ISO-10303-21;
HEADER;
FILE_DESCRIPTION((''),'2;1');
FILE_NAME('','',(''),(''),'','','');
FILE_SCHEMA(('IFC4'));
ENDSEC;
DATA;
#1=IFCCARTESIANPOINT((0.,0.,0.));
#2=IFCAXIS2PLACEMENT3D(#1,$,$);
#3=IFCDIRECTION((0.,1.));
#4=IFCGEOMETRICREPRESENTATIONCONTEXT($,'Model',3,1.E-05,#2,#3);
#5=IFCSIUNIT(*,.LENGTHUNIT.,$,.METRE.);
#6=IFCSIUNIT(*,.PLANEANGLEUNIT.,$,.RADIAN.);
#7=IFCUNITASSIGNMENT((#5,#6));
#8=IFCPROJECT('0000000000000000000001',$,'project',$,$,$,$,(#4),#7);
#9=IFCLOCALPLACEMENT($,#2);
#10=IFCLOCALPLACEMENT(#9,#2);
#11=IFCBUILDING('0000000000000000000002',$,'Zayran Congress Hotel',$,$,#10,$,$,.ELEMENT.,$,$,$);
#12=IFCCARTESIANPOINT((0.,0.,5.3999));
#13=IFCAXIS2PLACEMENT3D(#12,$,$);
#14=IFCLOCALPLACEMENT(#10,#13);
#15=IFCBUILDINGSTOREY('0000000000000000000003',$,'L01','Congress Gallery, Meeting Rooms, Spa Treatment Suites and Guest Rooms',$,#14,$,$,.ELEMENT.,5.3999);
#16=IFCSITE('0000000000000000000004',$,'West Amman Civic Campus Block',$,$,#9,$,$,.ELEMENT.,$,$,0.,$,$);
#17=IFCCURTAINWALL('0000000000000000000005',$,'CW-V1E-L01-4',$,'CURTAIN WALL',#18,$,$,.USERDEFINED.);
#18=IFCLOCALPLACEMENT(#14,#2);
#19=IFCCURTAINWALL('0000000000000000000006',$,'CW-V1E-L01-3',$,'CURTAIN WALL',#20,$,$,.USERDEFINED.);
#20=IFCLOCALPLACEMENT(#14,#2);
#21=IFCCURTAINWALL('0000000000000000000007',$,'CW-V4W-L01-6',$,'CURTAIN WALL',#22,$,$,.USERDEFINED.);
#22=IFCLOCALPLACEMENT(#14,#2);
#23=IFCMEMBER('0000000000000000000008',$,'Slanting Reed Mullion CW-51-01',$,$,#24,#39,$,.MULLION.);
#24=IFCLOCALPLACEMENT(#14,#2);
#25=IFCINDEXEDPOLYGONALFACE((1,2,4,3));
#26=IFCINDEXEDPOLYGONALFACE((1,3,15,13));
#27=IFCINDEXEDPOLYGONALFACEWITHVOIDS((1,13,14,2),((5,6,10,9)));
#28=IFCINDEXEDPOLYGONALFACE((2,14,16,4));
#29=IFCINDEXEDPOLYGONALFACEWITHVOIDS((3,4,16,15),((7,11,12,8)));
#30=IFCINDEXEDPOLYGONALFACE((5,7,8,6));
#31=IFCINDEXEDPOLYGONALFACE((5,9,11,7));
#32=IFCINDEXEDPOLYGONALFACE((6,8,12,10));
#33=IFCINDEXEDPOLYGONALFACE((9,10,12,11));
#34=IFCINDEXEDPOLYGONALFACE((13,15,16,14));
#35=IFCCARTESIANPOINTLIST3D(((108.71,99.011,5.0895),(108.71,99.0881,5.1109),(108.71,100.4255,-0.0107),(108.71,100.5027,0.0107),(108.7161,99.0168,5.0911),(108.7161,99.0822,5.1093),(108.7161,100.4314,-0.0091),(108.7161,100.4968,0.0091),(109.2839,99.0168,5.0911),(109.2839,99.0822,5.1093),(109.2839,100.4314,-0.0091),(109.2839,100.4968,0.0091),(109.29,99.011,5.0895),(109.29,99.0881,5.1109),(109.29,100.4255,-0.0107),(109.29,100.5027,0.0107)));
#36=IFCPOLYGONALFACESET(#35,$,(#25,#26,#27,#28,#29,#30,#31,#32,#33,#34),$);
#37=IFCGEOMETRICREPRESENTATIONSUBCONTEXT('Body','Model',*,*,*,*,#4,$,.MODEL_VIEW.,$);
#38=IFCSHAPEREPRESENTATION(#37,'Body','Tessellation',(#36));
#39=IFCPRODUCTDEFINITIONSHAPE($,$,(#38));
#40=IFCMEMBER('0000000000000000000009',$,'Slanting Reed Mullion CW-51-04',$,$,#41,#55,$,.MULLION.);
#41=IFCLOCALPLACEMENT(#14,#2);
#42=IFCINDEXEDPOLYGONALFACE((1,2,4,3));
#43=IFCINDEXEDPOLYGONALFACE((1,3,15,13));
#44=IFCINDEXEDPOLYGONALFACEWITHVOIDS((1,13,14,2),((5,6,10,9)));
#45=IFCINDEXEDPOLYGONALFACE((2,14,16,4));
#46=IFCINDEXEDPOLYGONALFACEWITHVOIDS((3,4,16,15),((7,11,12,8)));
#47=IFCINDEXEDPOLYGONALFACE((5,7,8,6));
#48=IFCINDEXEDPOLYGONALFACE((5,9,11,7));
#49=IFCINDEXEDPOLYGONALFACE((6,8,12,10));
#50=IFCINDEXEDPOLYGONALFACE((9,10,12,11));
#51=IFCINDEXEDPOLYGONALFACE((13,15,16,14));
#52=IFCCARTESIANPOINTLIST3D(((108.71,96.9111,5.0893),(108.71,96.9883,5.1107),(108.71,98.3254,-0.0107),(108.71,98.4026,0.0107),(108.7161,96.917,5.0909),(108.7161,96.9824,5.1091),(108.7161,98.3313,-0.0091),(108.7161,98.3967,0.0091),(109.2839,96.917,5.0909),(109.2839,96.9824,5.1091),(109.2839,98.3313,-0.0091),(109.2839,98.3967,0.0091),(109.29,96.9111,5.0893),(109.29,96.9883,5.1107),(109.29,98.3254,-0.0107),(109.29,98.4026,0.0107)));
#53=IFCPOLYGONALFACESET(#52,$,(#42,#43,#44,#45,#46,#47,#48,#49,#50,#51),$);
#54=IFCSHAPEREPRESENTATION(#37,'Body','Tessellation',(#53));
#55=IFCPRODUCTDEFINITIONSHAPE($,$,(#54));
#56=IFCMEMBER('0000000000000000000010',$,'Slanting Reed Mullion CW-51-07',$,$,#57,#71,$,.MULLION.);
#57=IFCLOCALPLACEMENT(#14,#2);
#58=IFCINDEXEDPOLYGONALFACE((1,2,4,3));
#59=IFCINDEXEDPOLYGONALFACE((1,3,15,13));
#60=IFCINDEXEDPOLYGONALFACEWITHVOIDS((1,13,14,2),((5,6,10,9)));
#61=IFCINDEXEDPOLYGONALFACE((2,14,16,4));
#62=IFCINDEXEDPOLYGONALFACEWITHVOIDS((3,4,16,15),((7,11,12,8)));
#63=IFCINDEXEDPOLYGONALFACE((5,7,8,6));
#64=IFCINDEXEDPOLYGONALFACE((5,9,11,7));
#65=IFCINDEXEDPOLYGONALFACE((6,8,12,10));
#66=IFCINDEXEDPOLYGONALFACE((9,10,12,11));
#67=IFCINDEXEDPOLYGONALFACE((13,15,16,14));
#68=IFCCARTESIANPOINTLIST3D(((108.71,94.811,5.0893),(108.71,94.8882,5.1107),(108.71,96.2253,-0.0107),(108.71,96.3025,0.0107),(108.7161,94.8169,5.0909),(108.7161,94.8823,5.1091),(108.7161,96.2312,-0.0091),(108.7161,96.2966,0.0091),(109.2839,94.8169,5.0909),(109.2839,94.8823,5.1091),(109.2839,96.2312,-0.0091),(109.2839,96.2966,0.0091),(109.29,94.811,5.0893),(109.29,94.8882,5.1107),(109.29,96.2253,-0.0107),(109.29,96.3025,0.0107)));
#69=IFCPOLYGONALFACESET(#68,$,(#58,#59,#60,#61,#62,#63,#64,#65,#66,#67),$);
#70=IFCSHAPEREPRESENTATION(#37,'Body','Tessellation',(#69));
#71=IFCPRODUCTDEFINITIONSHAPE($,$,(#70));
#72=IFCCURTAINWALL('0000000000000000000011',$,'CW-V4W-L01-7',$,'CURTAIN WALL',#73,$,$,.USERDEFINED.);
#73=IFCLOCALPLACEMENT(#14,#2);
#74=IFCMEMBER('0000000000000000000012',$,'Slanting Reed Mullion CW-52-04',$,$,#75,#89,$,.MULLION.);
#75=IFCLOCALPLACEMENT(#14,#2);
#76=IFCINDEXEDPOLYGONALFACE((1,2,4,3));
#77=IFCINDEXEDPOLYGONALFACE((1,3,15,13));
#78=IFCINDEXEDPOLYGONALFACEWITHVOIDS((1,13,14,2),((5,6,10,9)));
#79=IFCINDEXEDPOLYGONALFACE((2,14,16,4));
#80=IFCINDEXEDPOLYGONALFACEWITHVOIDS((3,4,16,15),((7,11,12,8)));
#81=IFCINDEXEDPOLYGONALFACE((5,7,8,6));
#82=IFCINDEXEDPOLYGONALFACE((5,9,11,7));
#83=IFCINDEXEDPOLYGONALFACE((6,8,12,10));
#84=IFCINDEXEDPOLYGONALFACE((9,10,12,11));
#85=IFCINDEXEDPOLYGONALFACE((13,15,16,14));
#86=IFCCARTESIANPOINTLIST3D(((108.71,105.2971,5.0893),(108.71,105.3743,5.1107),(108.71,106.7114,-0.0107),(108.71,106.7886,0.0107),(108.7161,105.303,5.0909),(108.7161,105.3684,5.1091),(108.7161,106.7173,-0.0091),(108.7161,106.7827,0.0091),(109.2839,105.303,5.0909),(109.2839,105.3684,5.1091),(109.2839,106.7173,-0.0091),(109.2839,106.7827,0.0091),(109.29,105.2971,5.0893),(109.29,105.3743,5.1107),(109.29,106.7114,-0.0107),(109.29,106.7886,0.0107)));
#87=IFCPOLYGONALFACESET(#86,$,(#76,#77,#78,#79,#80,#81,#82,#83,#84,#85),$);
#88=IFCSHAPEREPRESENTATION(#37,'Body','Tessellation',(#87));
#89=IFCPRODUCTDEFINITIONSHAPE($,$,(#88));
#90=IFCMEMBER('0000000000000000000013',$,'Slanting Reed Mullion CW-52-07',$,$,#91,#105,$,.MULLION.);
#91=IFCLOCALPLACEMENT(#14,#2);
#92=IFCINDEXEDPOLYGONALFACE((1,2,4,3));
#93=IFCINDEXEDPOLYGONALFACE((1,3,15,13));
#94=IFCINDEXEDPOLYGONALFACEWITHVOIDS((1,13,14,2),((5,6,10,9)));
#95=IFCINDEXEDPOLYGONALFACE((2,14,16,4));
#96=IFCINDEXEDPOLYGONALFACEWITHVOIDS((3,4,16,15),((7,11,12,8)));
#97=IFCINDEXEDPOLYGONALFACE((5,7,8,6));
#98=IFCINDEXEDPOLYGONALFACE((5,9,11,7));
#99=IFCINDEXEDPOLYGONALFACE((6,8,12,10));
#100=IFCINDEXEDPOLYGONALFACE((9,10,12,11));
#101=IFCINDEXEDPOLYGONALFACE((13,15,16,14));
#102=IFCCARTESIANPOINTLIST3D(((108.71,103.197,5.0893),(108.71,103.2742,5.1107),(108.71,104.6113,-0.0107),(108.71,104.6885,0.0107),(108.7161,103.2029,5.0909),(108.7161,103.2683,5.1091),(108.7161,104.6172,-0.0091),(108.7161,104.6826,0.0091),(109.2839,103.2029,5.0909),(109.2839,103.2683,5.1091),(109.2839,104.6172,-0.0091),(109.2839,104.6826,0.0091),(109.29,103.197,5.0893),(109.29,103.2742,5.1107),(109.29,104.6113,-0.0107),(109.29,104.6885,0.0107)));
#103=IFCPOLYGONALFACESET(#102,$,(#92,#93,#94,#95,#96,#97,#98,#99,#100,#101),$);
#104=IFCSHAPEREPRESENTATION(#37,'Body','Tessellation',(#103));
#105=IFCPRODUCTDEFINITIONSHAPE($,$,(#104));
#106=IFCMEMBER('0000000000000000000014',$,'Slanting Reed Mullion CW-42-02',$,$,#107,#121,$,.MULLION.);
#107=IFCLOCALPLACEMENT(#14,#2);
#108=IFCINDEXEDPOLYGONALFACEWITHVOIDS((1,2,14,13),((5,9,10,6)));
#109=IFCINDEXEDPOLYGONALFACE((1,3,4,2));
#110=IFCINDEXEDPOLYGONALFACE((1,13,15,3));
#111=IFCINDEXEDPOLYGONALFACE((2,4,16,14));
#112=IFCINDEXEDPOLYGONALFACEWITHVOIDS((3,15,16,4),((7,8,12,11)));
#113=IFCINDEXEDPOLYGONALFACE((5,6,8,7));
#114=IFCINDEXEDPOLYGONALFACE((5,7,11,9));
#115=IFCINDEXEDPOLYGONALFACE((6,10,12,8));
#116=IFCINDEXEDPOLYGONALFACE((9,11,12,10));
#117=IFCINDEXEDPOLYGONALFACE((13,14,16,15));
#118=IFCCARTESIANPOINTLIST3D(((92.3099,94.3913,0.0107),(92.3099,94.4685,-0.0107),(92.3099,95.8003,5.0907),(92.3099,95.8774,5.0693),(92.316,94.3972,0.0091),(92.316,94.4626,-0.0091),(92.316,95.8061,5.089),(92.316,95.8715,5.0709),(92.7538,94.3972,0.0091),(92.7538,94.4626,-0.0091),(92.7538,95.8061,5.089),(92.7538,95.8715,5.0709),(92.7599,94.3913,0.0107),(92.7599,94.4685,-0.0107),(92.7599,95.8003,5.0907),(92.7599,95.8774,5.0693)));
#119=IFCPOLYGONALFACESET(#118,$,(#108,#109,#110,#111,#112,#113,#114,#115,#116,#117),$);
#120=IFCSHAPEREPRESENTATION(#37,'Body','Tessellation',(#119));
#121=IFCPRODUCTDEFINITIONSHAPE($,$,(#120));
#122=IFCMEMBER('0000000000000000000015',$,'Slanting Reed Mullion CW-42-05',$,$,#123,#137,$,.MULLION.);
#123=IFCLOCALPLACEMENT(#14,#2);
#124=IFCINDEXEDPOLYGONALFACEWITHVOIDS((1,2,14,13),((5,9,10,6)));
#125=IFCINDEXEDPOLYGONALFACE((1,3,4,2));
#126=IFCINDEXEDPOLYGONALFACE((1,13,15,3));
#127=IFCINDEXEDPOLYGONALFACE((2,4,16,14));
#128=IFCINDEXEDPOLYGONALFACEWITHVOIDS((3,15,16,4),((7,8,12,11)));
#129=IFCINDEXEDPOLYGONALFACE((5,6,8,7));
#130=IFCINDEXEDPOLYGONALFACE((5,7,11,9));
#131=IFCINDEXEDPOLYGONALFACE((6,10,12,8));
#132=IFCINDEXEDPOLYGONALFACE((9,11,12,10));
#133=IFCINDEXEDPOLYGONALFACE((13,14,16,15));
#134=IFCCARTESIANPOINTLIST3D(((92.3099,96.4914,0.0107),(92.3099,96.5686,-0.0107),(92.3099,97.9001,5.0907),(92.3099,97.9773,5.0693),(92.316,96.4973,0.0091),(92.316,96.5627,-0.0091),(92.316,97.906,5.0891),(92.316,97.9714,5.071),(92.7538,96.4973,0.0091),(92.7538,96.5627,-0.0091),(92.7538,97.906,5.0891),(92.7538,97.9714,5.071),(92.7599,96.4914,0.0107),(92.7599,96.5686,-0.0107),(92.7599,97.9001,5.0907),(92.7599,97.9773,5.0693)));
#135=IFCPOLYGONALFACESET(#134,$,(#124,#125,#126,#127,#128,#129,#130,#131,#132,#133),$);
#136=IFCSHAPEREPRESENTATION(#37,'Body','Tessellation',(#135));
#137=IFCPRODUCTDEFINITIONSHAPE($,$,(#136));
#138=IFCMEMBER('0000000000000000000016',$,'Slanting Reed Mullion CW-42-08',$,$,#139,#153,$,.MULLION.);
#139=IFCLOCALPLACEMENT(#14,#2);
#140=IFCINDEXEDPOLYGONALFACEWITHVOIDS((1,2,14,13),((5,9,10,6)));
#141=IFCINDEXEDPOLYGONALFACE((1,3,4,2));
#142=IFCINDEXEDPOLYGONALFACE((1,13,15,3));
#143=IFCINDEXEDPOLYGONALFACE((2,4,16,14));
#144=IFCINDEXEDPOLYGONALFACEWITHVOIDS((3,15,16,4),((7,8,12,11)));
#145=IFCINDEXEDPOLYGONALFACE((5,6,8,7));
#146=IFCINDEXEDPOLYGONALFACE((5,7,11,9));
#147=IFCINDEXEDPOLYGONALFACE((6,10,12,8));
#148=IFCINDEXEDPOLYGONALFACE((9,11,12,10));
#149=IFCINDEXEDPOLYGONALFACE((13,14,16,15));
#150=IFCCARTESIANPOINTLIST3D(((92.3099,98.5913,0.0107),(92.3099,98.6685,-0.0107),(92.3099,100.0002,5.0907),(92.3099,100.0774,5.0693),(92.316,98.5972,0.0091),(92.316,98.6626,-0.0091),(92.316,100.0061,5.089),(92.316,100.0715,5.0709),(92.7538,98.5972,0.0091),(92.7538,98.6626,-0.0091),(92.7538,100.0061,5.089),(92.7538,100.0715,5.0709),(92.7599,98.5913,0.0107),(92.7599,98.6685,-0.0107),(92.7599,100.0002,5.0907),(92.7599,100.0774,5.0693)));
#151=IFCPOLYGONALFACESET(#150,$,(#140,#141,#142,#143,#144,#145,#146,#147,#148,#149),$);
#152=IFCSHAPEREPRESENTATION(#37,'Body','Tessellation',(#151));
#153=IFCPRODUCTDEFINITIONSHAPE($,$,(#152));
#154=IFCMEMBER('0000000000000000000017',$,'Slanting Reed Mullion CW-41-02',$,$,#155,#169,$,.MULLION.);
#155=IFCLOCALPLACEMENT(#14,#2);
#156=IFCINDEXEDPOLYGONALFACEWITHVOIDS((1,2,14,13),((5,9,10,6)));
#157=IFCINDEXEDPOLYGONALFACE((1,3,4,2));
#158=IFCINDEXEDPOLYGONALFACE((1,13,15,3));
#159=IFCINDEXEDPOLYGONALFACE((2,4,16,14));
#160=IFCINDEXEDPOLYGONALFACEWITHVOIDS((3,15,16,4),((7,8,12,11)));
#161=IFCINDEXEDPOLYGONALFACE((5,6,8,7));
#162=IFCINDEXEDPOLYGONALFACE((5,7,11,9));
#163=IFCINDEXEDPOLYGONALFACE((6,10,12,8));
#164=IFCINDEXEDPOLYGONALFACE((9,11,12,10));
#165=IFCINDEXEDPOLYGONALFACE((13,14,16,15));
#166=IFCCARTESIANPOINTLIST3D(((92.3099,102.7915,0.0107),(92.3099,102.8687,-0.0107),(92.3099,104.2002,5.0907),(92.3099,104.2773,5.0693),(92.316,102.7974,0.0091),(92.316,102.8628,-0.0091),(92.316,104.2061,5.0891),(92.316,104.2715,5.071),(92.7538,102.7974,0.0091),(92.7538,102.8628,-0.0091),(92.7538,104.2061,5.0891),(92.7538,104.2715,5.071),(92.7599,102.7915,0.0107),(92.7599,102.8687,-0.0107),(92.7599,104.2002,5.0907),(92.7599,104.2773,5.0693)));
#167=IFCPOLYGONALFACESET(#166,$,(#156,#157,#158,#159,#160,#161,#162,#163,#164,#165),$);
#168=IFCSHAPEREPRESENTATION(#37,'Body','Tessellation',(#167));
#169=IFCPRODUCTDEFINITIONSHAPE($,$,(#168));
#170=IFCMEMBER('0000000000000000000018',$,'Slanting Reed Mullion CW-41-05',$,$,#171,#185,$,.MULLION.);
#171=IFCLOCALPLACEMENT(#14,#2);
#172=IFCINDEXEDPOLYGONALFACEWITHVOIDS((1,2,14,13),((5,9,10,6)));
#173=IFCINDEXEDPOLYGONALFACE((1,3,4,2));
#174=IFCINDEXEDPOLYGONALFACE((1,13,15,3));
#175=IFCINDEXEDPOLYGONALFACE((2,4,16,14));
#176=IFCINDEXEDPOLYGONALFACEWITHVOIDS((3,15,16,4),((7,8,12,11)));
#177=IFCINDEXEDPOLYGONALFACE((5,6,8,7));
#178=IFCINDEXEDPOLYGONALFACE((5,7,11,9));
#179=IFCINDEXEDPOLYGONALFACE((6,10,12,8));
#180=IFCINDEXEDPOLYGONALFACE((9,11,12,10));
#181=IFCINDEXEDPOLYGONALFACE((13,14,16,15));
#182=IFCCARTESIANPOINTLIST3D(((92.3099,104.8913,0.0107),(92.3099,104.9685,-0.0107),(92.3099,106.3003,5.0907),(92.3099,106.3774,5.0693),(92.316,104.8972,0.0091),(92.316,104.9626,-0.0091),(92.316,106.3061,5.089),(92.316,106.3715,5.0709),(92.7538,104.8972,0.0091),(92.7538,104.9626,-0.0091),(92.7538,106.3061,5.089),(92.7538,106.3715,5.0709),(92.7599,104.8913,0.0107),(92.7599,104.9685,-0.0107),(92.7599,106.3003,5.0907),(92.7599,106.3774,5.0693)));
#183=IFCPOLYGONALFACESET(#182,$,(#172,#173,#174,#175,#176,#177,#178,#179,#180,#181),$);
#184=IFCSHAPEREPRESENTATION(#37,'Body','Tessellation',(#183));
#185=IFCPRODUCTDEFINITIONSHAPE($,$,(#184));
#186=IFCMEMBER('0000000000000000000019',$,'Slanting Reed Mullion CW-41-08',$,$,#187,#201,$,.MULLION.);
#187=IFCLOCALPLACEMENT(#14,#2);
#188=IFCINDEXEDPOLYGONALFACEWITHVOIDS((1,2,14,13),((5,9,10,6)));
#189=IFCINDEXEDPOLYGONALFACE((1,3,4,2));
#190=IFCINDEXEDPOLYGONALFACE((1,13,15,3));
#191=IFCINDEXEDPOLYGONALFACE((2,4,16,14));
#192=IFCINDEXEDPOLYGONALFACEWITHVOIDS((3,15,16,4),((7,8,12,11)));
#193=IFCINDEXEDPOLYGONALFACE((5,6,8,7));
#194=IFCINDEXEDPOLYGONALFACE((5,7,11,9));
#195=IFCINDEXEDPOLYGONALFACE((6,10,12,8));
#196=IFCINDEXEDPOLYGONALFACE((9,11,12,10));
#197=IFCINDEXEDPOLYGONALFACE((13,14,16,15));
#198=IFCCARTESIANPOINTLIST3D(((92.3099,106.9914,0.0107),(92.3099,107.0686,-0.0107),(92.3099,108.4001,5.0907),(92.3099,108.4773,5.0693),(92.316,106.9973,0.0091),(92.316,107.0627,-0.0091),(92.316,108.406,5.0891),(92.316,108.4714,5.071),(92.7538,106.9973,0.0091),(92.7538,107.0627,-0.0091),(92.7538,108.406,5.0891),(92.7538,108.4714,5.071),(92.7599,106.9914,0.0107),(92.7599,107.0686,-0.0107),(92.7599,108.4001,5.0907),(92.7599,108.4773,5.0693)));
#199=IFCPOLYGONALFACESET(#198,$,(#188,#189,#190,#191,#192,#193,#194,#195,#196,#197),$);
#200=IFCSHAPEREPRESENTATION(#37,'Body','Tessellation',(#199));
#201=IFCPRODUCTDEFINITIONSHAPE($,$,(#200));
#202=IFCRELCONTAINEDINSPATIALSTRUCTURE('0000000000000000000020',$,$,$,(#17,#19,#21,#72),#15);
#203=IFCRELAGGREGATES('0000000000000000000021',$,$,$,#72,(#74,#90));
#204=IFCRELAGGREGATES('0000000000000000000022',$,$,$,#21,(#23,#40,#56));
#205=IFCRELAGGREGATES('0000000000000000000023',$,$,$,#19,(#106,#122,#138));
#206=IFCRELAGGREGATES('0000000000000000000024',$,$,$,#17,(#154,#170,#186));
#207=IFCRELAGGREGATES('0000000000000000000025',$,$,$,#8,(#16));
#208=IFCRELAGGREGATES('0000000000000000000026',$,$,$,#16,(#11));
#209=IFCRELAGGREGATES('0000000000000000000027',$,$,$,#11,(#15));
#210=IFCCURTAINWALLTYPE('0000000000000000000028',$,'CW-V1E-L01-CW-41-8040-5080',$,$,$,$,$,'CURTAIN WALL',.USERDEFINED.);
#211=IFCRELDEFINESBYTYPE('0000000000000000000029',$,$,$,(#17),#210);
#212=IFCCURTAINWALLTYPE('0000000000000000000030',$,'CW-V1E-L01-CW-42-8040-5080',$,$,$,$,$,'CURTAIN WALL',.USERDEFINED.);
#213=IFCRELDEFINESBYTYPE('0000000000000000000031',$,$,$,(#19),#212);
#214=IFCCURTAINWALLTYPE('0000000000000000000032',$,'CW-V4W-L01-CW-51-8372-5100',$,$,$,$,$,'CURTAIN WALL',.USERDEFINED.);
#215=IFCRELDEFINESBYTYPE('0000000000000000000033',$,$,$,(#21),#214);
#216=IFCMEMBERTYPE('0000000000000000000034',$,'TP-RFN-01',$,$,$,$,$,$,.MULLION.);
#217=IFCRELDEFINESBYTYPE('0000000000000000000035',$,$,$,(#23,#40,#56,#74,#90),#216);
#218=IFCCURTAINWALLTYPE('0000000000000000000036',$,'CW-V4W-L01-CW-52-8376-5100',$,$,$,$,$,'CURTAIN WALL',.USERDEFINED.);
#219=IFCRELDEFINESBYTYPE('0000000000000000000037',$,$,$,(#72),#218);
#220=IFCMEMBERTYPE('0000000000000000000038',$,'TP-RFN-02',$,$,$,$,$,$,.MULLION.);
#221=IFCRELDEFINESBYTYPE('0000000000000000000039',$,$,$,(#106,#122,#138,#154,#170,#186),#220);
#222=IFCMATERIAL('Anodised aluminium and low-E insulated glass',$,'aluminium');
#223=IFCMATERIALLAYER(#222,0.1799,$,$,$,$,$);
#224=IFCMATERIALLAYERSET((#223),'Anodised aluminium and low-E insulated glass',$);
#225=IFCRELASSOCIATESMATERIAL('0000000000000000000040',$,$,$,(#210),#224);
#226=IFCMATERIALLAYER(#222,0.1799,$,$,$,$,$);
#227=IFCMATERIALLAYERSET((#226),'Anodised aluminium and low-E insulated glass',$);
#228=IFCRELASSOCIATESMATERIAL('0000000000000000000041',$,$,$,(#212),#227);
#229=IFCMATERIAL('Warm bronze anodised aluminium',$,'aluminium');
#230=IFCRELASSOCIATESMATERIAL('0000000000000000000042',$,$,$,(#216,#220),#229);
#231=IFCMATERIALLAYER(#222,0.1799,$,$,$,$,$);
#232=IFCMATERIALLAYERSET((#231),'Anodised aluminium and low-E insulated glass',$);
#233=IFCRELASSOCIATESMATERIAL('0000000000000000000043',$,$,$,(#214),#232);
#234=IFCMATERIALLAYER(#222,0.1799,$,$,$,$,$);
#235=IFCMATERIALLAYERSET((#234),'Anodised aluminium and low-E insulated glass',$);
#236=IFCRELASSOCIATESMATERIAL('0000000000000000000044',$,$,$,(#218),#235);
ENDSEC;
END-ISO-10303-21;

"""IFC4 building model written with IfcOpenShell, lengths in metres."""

from ifc_helpers import new_model, si_unit, direction, frame, origin, origin_2d, place, context, subcontext, project, spatial, hollow_rectangle, extrude, material, layer, layer_set, material_profile, profile_set, type_object, element, aggregate, save


model = new_model("IFC4")

# Units and contexts
model_context = context("Model", 3, precision=1e-05, world=origin(), true_north=direction((0.0, 1.0)))
body_context = subcontext(model_context, "Body", "Model", "MODEL_VIEW")
ifc_project = project(units=[si_unit("LENGTHUNIT", "METRE"), si_unit("PLANEANGLEUNIT", "RADIAN")], contexts=[model_context])

# Site, building, storey
site_placement = place(None, origin())
site = spatial("IfcSite", under=ifc_project, at=site_placement, Name="West Amman Civic Campus Block", CompositionType="ELEMENT", RefElevation=0.0)
building_placement = place(site_placement, origin())
building = spatial("IfcBuilding", under=site, at=building_placement, Name="Zayran Congress Hotel", CompositionType="ELEMENT")
storey_placement = place(building_placement, frame((0.0, 0.0, 5.3999)))
storey = spatial("IfcBuildingStorey", under=building, at=storey_placement, Name="L01", Description="Congress Gallery, Meeting Rooms, Spa Treatment Suites and Guest Rooms", CompositionType="ELEMENT", Elevation=5.3999)

# Curtain walls
ifc_material_1 = material(Name="Anodised aluminium and low-E insulated glass", Category="aluminium")
ifc_layer_1 = layer(ifc_material_1, 0.1799)
ifc_layer_set_1 = layer_set([ifc_layer_1], Name="Anodised aluminium and low-E insulated glass")
curtain_wall_type_1 = type_object("IfcCurtainWallType", Name="CW-V1E-L01-CW-41-8040-5080", ElementType="CURTAIN WALL", PredefinedType="USERDEFINED", material=ifc_layer_set_1)
curtain_wall_1_placement = place(storey_placement, origin())
curtain_wall_1 = element("IfcCurtainWall", 1, at=curtain_wall_1_placement, inside=storey, type_object=curtain_wall_type_1, Name="CW-V1E-L01-4", ObjectType="CURTAIN WALL", PredefinedType="USERDEFINED")
ifc_layer_2 = layer(ifc_material_1, 0.1799)
ifc_layer_set_2 = layer_set([ifc_layer_2], Name="Anodised aluminium and low-E insulated glass")
curtain_wall_type_2 = type_object("IfcCurtainWallType", Name="CW-V1E-L01-CW-42-8040-5080", ElementType="CURTAIN WALL", PredefinedType="USERDEFINED", material=ifc_layer_set_2)
curtain_wall_2_placement = place(storey_placement, origin())
curtain_wall_2 = element("IfcCurtainWall", 2, at=curtain_wall_2_placement, inside=storey, type_object=curtain_wall_type_2, Name="CW-V1E-L01-3", ObjectType="CURTAIN WALL", PredefinedType="USERDEFINED")
ifc_material_2 = material(Name="Warm bronze anodised aluminium", Category="aluminium")
ifc_material_profile_1 = material_profile(ifc_material_2, hollow_rectangle(XDim=0.0801, YDim=0.5801, WallThickness=0.0061, at=origin_2d()), Name="RHS 580x80x6")
ifc_profile_set_1 = profile_set([ifc_material_profile_1], Name="Warm bronze anodised aluminium")
member_type_1 = type_object("IfcMemberType", Name="TP-RFN-01", PredefinedType="MULLION", material=ifc_profile_set_1)

# Curtain walls, members
ifc_layer_3 = layer(ifc_material_1, 0.1799)
ifc_layer_set_3 = layer_set([ifc_layer_3], Name="Anodised aluminium and low-E insulated glass")
curtain_wall_type_3 = type_object("IfcCurtainWallType", Name="CW-V4W-L01-CW-51-8372-5100", ElementType="CURTAIN WALL", PredefinedType="USERDEFINED", material=ifc_layer_set_3)
curtain_wall_3_placement = place(storey_placement, origin())
curtain_wall_3 = element("IfcCurtainWall", 3, at=curtain_wall_3_placement, inside=storey, type_object=curtain_wall_type_3, Name="CW-V4W-L01-6", ObjectType="CURTAIN WALL", PredefinedType="USERDEFINED")
member_1_placement = place(storey_placement, frame((109.0, 100.4641, 0.0), z_axis=(0.0, -0.267268, 0.963622), x_axis=(0.0, 0.963622, 0.267268)))
member_1 = element("IfcMember", 4, at=member_1_placement, type_object=member_type_1, Name="Slanting Reed Mullion CW-51-01", PredefinedType="MULLION", context=body_context, shape_type="SweptSolid", body=[
    extrude(hollow_rectangle(XDim=0.0801, YDim=0.5801, WallThickness=0.0061, at=origin_2d()), origin(), (0.0, 0.0, 1.0), 5.2927),
])
member_2_placement = place(storey_placement, frame((109.0, 98.364, 0.0), z_axis=(0.0, -0.267225, 0.963634), x_axis=(0.0, 0.963634, 0.267225)))
member_2 = element("IfcMember", 5, at=member_2_placement, type_object=member_type_1, Name="Slanting Reed Mullion CW-51-04", PredefinedType="MULLION", context=body_context, shape_type="SweptSolid", body=[
    extrude(hollow_rectangle(XDim=0.0801, YDim=0.5801, WallThickness=0.0061, at=origin_2d()), origin(), (0.0, 0.0, 1.0), 5.2925),
])
member_3_placement = place(storey_placement, frame((109.0, 96.2639, 0.0), z_axis=(0.0, -0.267225, 0.963634), x_axis=(0.0, 0.963634, 0.267225)))
member_3 = element("IfcMember", 6, at=member_3_placement, type_object=member_type_1, Name="Slanting Reed Mullion CW-51-07", PredefinedType="MULLION", context=body_context, shape_type="SweptSolid", body=[
    extrude(hollow_rectangle(XDim=0.0801, YDim=0.5801, WallThickness=0.0061, at=origin_2d()), origin(), (0.0, 0.0, 1.0), 5.2925),
])
ifc_layer_4 = layer(ifc_material_1, 0.1799)
ifc_layer_set_4 = layer_set([ifc_layer_4], Name="Anodised aluminium and low-E insulated glass")
curtain_wall_type_4 = type_object("IfcCurtainWallType", Name="CW-V4W-L01-CW-52-8376-5100", ElementType="CURTAIN WALL", PredefinedType="USERDEFINED", material=ifc_layer_set_4)
curtain_wall_4_placement = place(storey_placement, origin())
curtain_wall_4 = element("IfcCurtainWall", 7, at=curtain_wall_4_placement, inside=storey, type_object=curtain_wall_type_4, Name="CW-V4W-L01-7", ObjectType="CURTAIN WALL", PredefinedType="USERDEFINED")
member_4_placement = place(storey_placement, frame((109.0, 106.75, 0.0), z_axis=(0.0, -0.267225, 0.963634), x_axis=(0.0, 0.963634, 0.267225)))
member_4 = element("IfcMember", 8, at=member_4_placement, type_object=member_type_1, Name="Slanting Reed Mullion CW-52-04", PredefinedType="MULLION", context=body_context, shape_type="SweptSolid", body=[
    extrude(hollow_rectangle(XDim=0.0801, YDim=0.5801, WallThickness=0.0061, at=origin_2d()), origin(), (0.0, 0.0, 1.0), 5.2925),
])
member_5_placement = place(storey_placement, frame((109.0, 104.6499, 0.0), z_axis=(0.0, -0.267225, 0.963634), x_axis=(0.0, 0.963634, 0.267225)))
member_5 = element("IfcMember", 9, at=member_5_placement, type_object=member_type_1, Name="Slanting Reed Mullion CW-52-07", PredefinedType="MULLION", context=body_context, shape_type="SweptSolid", body=[
    extrude(hollow_rectangle(XDim=0.0801, YDim=0.5801, WallThickness=0.0061, at=origin_2d()), origin(), (0.0, 0.0, 1.0), 5.2925),
])
aggregate(curtain_wall_4, [member_4, member_5])

# Members
ifc_material_profile_2 = material_profile(ifc_material_2, hollow_rectangle(XDim=0.0801, YDim=0.45, WallThickness=0.0061, at=origin_2d()), Name="RHS 450x80x6")
ifc_profile_set_2 = profile_set([ifc_material_profile_2], Name="Warm bronze anodised aluminium")
member_type_2 = type_object("IfcMemberType", Name="TP-RFN-02", PredefinedType="MULLION", material=ifc_profile_set_2)
member_6_placement = place(storey_placement, frame((92.5349, 94.4299, 0.0), z_axis=(0.0, 0.267257, 0.963625), x_axis=(0.0, -0.963625, 0.267257)))
member_6 = element("IfcMember", 10, at=member_6_placement, type_object=member_type_2, Name="Slanting Reed Mullion CW-42-02", PredefinedType="MULLION", context=body_context, shape_type="SweptSolid", body=[
    extrude(hollow_rectangle(XDim=0.0801, YDim=0.45, WallThickness=0.0061, at=origin_2d()), origin(), (0.0, 0.0, 1.0), 5.2717),
])
member_7_placement = place(storey_placement, frame((92.5349, 96.53, 0.0), z_axis=(0.0, 0.267214, 0.963637), x_axis=(0.0, -0.963637, 0.267214)))
member_7 = element("IfcMember", 11, at=member_7_placement, type_object=member_type_2, Name="Slanting Reed Mullion CW-42-05", PredefinedType="MULLION", context=body_context, shape_type="SweptSolid", body=[
    extrude(hollow_rectangle(XDim=0.0801, YDim=0.45, WallThickness=0.0061, at=origin_2d()), origin(), (0.0, 0.0, 1.0), 5.2717),
])
member_8_placement = place(storey_placement, frame((92.5349, 98.6299, 0.0), z_axis=(0.0, 0.267257, 0.963625), x_axis=(0.0, -0.963625, 0.267257)))
member_8 = element("IfcMember", 12, at=member_8_placement, type_object=member_type_2, Name="Slanting Reed Mullion CW-42-08", PredefinedType="MULLION", context=body_context, shape_type="SweptSolid", body=[
    extrude(hollow_rectangle(XDim=0.0801, YDim=0.45, WallThickness=0.0061, at=origin_2d()), origin(), (0.0, 0.0, 1.0), 5.2717),
])
member_9_placement = place(storey_placement, frame((92.5349, 102.8301, 0.0), z_axis=(0.0, 0.267214, 0.963637), x_axis=(0.0, -0.963637, 0.267214)))
member_9 = element("IfcMember", 13, at=member_9_placement, type_object=member_type_2, Name="Slanting Reed Mullion CW-41-02", PredefinedType="MULLION", context=body_context, shape_type="SweptSolid", body=[
    extrude(hollow_rectangle(XDim=0.0801, YDim=0.45, WallThickness=0.0061, at=origin_2d()), origin(), (0.0, 0.0, 1.0), 5.2717),
])
member_10_placement = place(storey_placement, frame((92.5349, 104.9299, 0.0), z_axis=(0.0, 0.267257, 0.963625), x_axis=(0.0, -0.963625, 0.267257)))
member_10 = element("IfcMember", 14, at=member_10_placement, type_object=member_type_2, Name="Slanting Reed Mullion CW-41-05", PredefinedType="MULLION", context=body_context, shape_type="SweptSolid", body=[
    extrude(hollow_rectangle(XDim=0.0801, YDim=0.45, WallThickness=0.0061, at=origin_2d()), origin(), (0.0, 0.0, 1.0), 5.2717),
])
member_11_placement = place(storey_placement, frame((92.5349, 107.03, 0.0), z_axis=(0.0, 0.267214, 0.963637), x_axis=(0.0, -0.963637, 0.267214)))
member_11 = element("IfcMember", 15, at=member_11_placement, type_object=member_type_2, Name="Slanting Reed Mullion CW-41-08", PredefinedType="MULLION", context=body_context, shape_type="SweptSolid", body=[
    extrude(hollow_rectangle(XDim=0.0801, YDim=0.45, WallThickness=0.0061, at=origin_2d()), origin(), (0.0, 0.0, 1.0), 5.2717),
])
aggregate(curtain_wall_3, [member_1, member_2, member_3])
aggregate(curtain_wall_2, [member_6, member_7, member_8])

aggregate(curtain_wall_1, [member_9, member_10, member_11])

save(model, "model.ifc")
